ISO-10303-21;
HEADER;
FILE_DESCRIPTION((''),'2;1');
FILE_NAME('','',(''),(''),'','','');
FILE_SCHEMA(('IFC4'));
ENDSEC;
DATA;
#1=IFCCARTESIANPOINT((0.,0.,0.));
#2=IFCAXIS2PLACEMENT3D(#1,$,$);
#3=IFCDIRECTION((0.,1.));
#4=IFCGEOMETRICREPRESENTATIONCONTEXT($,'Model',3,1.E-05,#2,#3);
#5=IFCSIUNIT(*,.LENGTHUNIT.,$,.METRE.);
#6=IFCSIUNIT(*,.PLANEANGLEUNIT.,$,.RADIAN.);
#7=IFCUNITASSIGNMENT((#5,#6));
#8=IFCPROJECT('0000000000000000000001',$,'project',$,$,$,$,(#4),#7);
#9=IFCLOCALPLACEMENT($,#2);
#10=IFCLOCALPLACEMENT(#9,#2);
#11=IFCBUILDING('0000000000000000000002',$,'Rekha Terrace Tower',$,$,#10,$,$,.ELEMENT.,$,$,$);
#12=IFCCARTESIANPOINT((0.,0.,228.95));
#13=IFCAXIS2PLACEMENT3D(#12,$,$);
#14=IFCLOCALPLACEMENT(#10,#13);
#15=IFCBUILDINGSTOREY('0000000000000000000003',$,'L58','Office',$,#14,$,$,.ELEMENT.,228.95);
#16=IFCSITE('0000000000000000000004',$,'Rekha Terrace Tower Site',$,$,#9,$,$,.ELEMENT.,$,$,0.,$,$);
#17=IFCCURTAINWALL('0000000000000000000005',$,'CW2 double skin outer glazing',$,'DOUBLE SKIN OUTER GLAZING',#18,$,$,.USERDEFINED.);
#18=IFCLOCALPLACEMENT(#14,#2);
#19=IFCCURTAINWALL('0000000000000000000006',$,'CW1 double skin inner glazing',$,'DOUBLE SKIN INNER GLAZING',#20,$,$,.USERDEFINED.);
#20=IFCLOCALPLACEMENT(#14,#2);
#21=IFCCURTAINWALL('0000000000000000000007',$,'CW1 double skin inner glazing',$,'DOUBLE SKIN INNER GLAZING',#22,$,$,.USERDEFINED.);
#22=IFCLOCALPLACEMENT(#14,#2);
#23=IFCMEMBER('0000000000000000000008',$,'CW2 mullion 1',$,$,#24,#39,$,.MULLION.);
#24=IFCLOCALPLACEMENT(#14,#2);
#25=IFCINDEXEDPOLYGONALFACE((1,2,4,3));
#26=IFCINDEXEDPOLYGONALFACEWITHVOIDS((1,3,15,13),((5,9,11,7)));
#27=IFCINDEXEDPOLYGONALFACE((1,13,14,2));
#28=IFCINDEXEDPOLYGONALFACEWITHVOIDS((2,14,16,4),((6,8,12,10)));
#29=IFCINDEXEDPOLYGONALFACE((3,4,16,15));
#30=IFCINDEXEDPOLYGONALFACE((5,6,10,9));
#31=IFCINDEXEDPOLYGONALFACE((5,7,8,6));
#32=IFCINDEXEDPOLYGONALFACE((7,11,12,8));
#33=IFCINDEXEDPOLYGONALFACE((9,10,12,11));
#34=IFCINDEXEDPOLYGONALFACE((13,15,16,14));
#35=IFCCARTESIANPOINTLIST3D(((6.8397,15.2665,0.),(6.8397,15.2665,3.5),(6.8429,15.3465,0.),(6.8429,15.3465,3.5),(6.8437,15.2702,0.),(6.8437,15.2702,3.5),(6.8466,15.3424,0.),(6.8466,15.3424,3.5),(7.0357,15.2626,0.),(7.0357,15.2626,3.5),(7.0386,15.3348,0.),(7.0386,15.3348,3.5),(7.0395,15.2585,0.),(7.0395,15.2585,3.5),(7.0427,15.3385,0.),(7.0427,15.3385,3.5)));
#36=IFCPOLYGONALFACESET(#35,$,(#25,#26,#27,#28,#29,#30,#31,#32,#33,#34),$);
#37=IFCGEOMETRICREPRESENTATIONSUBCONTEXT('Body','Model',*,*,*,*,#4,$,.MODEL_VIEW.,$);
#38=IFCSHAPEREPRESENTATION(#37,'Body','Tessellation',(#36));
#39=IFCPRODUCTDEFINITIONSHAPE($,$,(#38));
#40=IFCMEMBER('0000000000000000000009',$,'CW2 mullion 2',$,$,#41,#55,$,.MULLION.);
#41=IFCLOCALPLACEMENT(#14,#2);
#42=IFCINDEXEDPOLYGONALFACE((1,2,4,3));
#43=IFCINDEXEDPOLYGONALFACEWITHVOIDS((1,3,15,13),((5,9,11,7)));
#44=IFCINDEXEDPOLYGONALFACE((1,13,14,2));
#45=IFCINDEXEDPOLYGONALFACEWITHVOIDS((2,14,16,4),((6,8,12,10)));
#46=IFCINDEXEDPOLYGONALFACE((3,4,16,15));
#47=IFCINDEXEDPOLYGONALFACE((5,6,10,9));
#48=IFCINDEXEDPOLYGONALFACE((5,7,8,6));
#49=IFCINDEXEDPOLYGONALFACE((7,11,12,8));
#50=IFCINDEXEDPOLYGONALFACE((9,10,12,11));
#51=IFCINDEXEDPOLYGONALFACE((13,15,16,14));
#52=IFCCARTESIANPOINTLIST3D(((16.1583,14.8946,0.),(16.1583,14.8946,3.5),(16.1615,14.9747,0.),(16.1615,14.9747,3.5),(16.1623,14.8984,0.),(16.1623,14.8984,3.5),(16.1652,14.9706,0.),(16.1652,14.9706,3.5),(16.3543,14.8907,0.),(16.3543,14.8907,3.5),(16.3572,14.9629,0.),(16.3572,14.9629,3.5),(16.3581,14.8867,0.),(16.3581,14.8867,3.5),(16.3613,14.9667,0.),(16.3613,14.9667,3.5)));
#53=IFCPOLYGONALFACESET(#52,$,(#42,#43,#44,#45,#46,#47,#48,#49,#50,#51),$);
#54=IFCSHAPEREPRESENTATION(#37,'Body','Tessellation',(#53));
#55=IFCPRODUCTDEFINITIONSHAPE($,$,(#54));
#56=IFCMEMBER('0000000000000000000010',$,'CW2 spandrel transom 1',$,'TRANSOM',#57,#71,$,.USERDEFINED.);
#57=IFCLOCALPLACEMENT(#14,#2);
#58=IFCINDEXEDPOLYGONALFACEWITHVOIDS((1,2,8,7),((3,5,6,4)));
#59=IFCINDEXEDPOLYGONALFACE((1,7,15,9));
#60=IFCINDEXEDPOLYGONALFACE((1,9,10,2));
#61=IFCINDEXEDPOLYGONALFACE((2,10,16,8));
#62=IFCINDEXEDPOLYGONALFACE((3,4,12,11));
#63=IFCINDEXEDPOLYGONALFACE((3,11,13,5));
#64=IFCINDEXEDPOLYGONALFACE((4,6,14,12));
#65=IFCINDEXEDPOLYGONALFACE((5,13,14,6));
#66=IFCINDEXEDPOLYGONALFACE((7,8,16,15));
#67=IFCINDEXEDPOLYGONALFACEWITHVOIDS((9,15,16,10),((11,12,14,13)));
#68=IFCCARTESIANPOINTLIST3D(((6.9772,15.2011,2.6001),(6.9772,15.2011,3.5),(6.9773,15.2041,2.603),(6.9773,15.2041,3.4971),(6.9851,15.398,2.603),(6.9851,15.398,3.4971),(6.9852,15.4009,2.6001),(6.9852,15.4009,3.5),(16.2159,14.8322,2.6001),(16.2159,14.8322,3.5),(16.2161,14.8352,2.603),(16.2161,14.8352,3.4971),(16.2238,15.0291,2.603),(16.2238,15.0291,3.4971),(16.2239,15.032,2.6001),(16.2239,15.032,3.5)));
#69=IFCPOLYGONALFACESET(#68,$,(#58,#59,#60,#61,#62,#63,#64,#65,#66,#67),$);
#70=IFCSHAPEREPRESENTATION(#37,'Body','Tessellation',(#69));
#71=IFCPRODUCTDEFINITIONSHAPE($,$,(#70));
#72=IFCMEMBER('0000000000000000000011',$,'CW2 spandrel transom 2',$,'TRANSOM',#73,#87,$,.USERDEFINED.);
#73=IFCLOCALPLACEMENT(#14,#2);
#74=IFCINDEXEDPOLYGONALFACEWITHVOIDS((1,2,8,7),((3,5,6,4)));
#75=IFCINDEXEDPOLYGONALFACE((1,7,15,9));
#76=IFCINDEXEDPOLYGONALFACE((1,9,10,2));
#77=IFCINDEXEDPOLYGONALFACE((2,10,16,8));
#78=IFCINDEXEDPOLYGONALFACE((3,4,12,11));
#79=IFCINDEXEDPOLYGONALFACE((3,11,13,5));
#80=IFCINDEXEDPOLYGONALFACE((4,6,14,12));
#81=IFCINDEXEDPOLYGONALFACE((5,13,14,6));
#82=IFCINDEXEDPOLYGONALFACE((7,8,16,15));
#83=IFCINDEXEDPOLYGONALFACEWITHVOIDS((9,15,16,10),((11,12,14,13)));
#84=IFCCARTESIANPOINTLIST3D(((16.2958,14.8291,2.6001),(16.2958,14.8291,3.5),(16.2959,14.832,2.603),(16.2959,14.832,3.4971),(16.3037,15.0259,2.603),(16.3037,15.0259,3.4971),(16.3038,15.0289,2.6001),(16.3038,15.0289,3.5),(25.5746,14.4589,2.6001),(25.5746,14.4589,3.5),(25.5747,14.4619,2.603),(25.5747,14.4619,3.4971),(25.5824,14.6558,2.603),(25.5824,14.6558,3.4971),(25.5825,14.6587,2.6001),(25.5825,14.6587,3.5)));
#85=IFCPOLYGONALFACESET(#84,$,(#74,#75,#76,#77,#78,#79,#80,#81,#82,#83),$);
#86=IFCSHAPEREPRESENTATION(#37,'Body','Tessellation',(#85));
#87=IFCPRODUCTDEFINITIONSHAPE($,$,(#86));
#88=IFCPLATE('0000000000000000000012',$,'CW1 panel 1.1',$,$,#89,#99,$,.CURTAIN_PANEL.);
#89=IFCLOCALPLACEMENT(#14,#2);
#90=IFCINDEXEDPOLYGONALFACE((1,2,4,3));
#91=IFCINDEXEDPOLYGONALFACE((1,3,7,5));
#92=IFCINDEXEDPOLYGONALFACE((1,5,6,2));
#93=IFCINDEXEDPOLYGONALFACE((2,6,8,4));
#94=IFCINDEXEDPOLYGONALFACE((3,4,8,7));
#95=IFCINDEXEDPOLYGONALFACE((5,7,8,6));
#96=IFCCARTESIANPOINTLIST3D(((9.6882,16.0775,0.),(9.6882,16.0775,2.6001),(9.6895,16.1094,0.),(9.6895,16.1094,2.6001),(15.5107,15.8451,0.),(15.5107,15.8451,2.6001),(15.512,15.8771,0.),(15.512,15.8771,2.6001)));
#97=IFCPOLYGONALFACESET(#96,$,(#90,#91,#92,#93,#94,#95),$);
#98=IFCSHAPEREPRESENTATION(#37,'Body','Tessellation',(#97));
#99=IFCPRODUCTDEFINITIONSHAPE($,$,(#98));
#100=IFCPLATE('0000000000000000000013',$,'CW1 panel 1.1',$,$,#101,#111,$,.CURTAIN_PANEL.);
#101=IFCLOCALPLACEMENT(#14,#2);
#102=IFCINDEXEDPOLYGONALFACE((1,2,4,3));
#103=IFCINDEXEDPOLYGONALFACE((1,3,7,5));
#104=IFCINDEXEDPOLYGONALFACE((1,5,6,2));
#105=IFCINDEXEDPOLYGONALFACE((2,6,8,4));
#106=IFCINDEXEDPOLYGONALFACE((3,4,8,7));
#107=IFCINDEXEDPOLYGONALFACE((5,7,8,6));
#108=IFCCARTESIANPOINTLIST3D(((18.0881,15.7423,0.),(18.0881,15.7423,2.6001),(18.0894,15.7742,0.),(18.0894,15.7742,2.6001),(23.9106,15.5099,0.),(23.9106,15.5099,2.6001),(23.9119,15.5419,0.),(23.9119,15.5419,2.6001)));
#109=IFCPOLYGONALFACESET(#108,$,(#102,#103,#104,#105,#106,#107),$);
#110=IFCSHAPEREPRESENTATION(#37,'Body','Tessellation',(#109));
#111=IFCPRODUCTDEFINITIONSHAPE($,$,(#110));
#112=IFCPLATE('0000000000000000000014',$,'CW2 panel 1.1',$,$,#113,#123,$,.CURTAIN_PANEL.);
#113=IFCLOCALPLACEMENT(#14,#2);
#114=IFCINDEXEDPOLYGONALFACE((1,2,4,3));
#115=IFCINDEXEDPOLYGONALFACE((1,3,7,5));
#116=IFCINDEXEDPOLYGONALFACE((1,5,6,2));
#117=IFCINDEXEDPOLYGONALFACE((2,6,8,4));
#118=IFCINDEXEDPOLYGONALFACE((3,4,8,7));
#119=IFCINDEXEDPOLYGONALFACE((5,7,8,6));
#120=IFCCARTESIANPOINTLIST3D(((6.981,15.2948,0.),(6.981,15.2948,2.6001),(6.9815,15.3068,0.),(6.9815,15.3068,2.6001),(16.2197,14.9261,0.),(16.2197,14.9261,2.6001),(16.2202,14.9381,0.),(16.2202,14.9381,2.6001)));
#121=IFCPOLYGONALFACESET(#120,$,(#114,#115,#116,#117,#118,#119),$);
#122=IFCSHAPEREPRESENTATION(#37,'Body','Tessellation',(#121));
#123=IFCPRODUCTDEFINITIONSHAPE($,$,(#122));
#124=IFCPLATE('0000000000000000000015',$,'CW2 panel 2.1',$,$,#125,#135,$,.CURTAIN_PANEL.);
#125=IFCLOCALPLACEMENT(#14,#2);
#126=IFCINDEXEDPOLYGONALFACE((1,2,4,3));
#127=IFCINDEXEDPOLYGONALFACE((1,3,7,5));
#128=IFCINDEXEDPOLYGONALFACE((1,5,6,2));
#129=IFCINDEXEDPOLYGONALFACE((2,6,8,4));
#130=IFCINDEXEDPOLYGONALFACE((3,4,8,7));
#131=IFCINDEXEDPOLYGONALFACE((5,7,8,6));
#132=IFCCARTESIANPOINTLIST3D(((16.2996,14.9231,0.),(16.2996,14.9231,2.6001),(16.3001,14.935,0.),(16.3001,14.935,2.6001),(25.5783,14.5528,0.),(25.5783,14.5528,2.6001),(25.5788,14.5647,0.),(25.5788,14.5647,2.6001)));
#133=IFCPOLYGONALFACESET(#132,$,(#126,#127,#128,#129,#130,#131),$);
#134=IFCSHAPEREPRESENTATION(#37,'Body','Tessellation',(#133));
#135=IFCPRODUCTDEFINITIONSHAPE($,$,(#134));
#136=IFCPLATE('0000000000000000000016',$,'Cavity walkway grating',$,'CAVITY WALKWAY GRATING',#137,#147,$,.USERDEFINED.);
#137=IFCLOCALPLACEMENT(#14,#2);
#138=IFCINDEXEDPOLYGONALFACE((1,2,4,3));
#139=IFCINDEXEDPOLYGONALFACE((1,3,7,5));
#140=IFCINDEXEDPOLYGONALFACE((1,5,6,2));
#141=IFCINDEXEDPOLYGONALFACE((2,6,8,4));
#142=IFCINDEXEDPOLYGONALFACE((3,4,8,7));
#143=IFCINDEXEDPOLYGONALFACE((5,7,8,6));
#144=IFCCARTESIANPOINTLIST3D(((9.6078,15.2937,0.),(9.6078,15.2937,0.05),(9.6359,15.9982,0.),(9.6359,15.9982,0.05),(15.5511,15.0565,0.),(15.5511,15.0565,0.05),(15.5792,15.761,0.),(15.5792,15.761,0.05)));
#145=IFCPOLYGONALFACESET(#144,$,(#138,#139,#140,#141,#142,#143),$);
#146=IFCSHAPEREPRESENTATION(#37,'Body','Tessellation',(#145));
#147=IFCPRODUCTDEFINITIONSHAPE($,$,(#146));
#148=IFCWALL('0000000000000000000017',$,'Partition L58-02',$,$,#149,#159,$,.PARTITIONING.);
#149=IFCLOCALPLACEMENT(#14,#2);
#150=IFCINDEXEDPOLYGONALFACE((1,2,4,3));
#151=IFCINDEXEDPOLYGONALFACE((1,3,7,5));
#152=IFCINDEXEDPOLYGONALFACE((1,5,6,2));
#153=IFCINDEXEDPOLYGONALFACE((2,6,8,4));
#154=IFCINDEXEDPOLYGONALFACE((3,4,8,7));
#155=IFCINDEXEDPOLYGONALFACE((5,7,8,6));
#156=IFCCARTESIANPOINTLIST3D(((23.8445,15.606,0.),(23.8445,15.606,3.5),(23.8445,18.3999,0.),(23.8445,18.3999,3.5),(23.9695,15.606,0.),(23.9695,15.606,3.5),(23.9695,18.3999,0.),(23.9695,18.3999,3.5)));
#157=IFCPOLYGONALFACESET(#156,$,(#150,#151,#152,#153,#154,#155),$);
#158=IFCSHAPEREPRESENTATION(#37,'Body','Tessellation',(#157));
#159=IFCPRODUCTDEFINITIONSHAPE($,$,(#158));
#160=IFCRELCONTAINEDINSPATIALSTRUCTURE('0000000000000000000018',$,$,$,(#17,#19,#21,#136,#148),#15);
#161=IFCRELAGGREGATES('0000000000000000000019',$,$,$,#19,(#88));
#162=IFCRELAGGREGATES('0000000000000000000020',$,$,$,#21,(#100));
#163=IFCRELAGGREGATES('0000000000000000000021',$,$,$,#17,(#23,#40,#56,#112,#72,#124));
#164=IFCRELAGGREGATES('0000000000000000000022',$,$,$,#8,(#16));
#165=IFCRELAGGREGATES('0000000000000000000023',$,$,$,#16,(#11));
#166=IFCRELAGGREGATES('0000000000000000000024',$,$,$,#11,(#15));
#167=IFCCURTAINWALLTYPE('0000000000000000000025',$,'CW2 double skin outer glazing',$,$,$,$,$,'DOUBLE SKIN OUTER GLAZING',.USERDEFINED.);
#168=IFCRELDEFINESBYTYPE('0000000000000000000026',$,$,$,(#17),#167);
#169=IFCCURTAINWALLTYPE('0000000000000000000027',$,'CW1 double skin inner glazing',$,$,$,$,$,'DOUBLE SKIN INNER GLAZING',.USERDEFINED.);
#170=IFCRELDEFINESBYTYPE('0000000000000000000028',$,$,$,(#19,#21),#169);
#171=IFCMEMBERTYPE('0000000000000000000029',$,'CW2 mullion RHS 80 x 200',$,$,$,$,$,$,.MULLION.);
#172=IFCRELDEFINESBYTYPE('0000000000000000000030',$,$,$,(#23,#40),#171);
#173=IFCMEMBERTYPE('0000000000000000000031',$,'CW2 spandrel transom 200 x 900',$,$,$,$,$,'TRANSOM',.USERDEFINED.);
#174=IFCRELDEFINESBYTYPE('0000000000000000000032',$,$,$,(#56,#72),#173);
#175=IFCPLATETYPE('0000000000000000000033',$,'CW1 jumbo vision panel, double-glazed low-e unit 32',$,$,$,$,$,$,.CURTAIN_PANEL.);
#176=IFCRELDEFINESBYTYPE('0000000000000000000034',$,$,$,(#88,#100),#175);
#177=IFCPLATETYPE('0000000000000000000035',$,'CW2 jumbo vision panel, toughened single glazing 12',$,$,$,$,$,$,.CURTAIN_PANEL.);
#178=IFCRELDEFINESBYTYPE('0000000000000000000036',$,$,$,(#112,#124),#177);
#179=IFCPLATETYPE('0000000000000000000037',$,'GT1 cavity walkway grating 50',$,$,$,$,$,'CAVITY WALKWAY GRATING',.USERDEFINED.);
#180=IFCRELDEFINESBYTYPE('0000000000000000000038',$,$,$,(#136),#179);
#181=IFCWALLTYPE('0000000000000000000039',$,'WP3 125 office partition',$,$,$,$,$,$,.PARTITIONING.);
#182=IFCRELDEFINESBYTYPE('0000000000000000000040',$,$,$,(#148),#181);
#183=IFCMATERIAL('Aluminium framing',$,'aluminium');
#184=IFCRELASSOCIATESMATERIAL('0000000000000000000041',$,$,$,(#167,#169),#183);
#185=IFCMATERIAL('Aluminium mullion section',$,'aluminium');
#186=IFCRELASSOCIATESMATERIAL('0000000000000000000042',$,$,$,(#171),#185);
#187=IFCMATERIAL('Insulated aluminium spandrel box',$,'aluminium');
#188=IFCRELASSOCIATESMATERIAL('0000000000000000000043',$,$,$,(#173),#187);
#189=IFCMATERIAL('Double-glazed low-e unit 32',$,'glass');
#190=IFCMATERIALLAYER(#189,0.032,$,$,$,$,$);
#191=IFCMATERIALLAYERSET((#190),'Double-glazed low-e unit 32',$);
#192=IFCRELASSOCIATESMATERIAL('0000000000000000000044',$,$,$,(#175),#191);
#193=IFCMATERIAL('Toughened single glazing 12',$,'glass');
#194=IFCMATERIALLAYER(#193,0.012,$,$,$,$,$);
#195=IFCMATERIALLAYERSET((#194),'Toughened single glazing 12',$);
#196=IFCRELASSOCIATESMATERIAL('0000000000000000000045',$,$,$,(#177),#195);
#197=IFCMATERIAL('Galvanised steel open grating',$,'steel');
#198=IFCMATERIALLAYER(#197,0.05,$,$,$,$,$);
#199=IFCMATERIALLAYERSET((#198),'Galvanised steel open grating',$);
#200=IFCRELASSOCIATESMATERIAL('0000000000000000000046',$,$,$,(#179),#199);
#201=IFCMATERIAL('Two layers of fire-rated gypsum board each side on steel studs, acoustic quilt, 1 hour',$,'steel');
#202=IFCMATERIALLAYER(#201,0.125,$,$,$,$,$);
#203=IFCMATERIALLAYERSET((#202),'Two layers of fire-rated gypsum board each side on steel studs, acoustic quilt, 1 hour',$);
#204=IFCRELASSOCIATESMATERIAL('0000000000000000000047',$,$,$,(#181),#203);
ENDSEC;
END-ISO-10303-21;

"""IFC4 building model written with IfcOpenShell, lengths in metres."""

from ifc_helpers import new_model, si_unit, direction, frame, frame_2d, origin, origin_2d, place, context, subcontext, project, spatial, rectangle, hollow_rectangle, extrude, material, layer, layer_set, material_profile, profile_set, type_object, element, aggregate, save


model = new_model("IFC4")

# Units and contexts
model_context = context("Model", 3, precision=1e-05, world=origin(), true_north=direction((0.0, 1.0)))
body_context = subcontext(model_context, "Body", "Model", "MODEL_VIEW")
ifc_project = project(units=[si_unit("LENGTHUNIT", "METRE"), si_unit("PLANEANGLEUNIT", "RADIAN")], contexts=[model_context])

# Site, building, storey
site_placement = place(None, origin())
site = spatial("IfcSite", under=ifc_project, at=site_placement, Name="Rekha Terrace Tower Site", CompositionType="ELEMENT", RefElevation=0.0)
building_placement = place(site_placement, origin())
building = spatial("IfcBuilding", under=site, at=building_placement, Name="Rekha Terrace Tower", CompositionType="ELEMENT")
storey_placement = place(building_placement, frame((0.0, 0.0, 228.95)))
storey = spatial("IfcBuildingStorey", under=building, at=storey_placement, Name="L58", Description="Office", CompositionType="ELEMENT", Elevation=228.95)

# Curtain wall
ifc_material_1 = material(Name="Aluminium framing", Category="aluminium")
curtain_wall_type_1 = type_object("IfcCurtainWallType", Name="CW2 double skin outer glazing", ElementType="DOUBLE SKIN OUTER GLAZING", PredefinedType="USERDEFINED", material=ifc_material_1)
curtain_wall_1_placement = place(storey_placement, origin())
curtain_wall_1 = element("IfcCurtainWall", 1, at=curtain_wall_1_placement, inside=storey, type_object=curtain_wall_type_1, Name="CW2 double skin outer glazing", ObjectType="DOUBLE SKIN OUTER GLAZING", PredefinedType="USERDEFINED")

# Curtain walls
curtain_wall_type_2 = type_object("IfcCurtainWallType", Name="CW1 double skin inner glazing", ElementType="DOUBLE SKIN INNER GLAZING", PredefinedType="USERDEFINED", material=ifc_material_1)
curtain_wall_2_placement = place(storey_placement, origin())
curtain_wall_2 = element("IfcCurtainWall", 2, at=curtain_wall_2_placement, inside=storey, type_object=curtain_wall_type_2, Name="CW1 double skin inner glazing", ObjectType="DOUBLE SKIN INNER GLAZING", PredefinedType="USERDEFINED")
ifc_material_2 = material(Name="Aluminium mullion section", Category="aluminium")
curtain_wall_3_placement = place(storey_placement, origin())
curtain_wall_3 = element("IfcCurtainWall", 3, at=curtain_wall_3_placement, inside=storey, type_object=curtain_wall_type_2, Name="CW1 double skin inner glazing", ObjectType="DOUBLE SKIN INNER GLAZING", PredefinedType="USERDEFINED")

# Members
ifc_material_3 = material(Name="Insulated aluminium spandrel box", Category="aluminium")
ifc_material_profile_1 = material_profile(ifc_material_2, hollow_rectangle(XDim=0.0801, YDim=0.2, WallThickness=0.0039, at=origin_2d()), Name="AL RHS 80x200")
ifc_profile_set_1 = profile_set([ifc_material_profile_1], Name="Aluminium mullion section")
member_type_1 = type_object("IfcMemberType", Name="CW2 mullion RHS 80 x 200", PredefinedType="MULLION", material=ifc_profile_set_1)
member_1_placement = place(storey_placement, frame((6.9412, 15.3025, 0.0), z_axis=(0.0, 0.0, 1.0), x_axis=(0.039872, 0.999205, 0.0)))
member_1 = element("IfcMember", 4, at=member_1_placement, type_object=member_type_1, Name="CW2 mullion 1", PredefinedType="MULLION", context=body_context, shape_type="SweptSolid", body=[
    extrude(hollow_rectangle(XDim=0.0801, YDim=0.2, WallThickness=0.0039, at=origin_2d()), origin(), (0.0, 0.0, 1.0), 3.5),
])
member_2_placement = place(storey_placement, frame((16.2598, 14.9307, 0.0), z_axis=(0.0, 0.0, 1.0), x_axis=(0.039872, 0.999205, 0.0)))
member_2 = element("IfcMember", 5, at=member_2_placement, type_object=member_type_1, Name="CW2 mullion 2", PredefinedType="MULLION", context=body_context, shape_type="SweptSolid", body=[
    extrude(hollow_rectangle(XDim=0.0801, YDim=0.2, WallThickness=0.0039, at=origin_2d()), origin(), (0.0, 0.0, 1.0), 3.5),
])
ifc_material_profile_2 = material_profile(ifc_material_3, hollow_rectangle(XDim=0.2, YDim=0.8999, WallThickness=0.0029, at=origin_2d()), Name="AL SPANDREL BOX 200x900")
ifc_profile_set_2 = profile_set([ifc_material_profile_2], Name="Insulated aluminium spandrel box")
member_type_2 = type_object("IfcMemberType", Name="CW2 spandrel transom 200 x 900", ElementType="TRANSOM", PredefinedType="USERDEFINED", material=ifc_profile_set_2)
member_3_placement = place(storey_placement, frame((6.9812, 15.301, 3.05), z_axis=(0.999204, -0.039897, 0.0), x_axis=(0.039897, 0.999204, 0.0)))
member_3 = element("IfcMember", 6, at=member_3_placement, type_object=member_type_2, Name="CW2 spandrel transom 1", ObjectType="TRANSOM", PredefinedType="USERDEFINED", context=body_context, shape_type="SweptSolid", body=[
    extrude(hollow_rectangle(XDim=0.2, YDim=0.8999, WallThickness=0.0029, at=origin_2d()), origin(), (0.0, 0.0, 1.0), 9.2461),
])
member_4_placement = place(storey_placement, frame((16.2998, 14.929, 3.05), z_axis=(0.999205, -0.039857, 0.0), x_axis=(0.039857, 0.999205, 0.0)))
member_4 = element("IfcMember", 7, at=member_4_placement, type_object=member_type_2, Name="CW2 spandrel transom 2", ObjectType="TRANSOM", PredefinedType="USERDEFINED", context=body_context, shape_type="SweptSolid", body=[
    extrude(hollow_rectangle(XDim=0.2, YDim=0.8999, WallThickness=0.0029, at=origin_2d()), origin(), (0.0, 0.0, 1.0), 9.2861),
])

# Plates
ifc_material_4 = material(Name="Double-glazed low-e unit 32", Category="glass")
ifc_layer_1 = layer(ifc_material_4, 0.032)
ifc_layer_set_1 = layer_set([ifc_layer_1], Name="Double-glazed low-e unit 32")
plate_type_1 = type_object("IfcPlateType", Name="CW1 jumbo vision panel, double-glazed low-e unit 32", PredefinedType="CURTAIN_PANEL", material=ifc_layer_set_1)
plate_1_placement = place(storey_placement, frame((12.6001, 15.9773, 0.0), z_axis=(0.0, 0.0, 1.0), x_axis=(0.999205, -0.039872, 0.0)))
plate_1 = element("IfcPlate", 8, at=plate_1_placement, type_object=plate_type_1, Name="CW1 panel 1.1", PredefinedType="CURTAIN_PANEL", context=body_context, shape_type="SweptSolid", body=[
    extrude(rectangle(XDim=5.8271, YDim=0.032, at=origin_2d()), origin(), (0.0, 0.0, 1.0), 2.6001),
])
aggregate(curtain_wall_2, [plate_1])
plate_2_placement = place(storey_placement, frame((21.0, 15.6421, 0.0), z_axis=(0.0, 0.0, 1.0), x_axis=(0.999205, -0.039872, 0.0)))
plate_2 = element("IfcPlate", 9, at=plate_2_placement, type_object=plate_type_1, Name="CW1 panel 1.1", PredefinedType="CURTAIN_PANEL", context=body_context, shape_type="SweptSolid", body=[
    extrude(rectangle(XDim=5.8271, YDim=0.032, at=origin_2d()), origin(), (0.0, 0.0, 1.0), 2.6001),
])
aggregate(curtain_wall_3, [plate_2])
ifc_material_5 = material(Name="Toughened single glazing 12", Category="glass")
ifc_layer_2 = layer(ifc_material_5, 0.012)
ifc_layer_set_2 = layer_set([ifc_layer_2], Name="Toughened single glazing 12")
plate_type_2 = type_object("IfcPlateType", Name="CW2 jumbo vision panel, toughened single glazing 12", PredefinedType="CURTAIN_PANEL", material=ifc_layer_set_2)
plate_3_placement = place(storey_placement, frame((11.6006, 15.1165, 0.0), z_axis=(0.0, 0.0, 1.0), x_axis=(0.999205, -0.039872, 0.0)))
plate_3 = element("IfcPlate", 10, at=plate_3_placement, type_object=plate_type_2, Name="CW2 panel 1.1", PredefinedType="CURTAIN_PANEL", context=body_context, shape_type="SweptSolid", body=[
    extrude(rectangle(XDim=9.2461, YDim=0.012, at=origin_2d()), origin(), (0.0, 0.0, 1.0), 2.6001),
])
plate_4_placement = place(storey_placement, frame((20.9392, 14.7439, 0.0), z_axis=(0.0, 0.0, 1.0), x_axis=(0.999205, -0.039872, 0.0)))
plate_4 = element("IfcPlate", 11, at=plate_4_placement, type_object=plate_type_2, Name="CW2 panel 2.1", PredefinedType="CURTAIN_PANEL", context=body_context, shape_type="SweptSolid", body=[
    extrude(rectangle(XDim=9.2861, YDim=0.012, at=origin_2d()), origin(), (0.0, 0.0, 1.0), 2.6001),
])
aggregate(curtain_wall_1, [member_1, member_2, member_3, plate_3, member_4, plate_4])
ifc_material_6 = material(Name="Galvanised steel open grating", Category="steel")
ifc_layer_3 = layer(ifc_material_6, 0.05)
ifc_layer_set_3 = layer_set([ifc_layer_3], Name="Galvanised steel open grating")
plate_type_3 = type_object("IfcPlateType", Name="GT1 cavity walkway grating 50", ElementType="CAVITY WALKWAY GRATING", PredefinedType="USERDEFINED", material=ifc_layer_set_3)
plate_5_placement = place(storey_placement, frame((12.5935, 15.5273, 0.0), z_axis=(0.0, 0.0, 1.0), x_axis=(0.999205, -0.039872, 0.0)))
element("IfcPlate", 12, at=plate_5_placement, inside=storey, type_object=plate_type_3, Name="Cavity walkway grating", ObjectType="CAVITY WALKWAY GRATING", PredefinedType="USERDEFINED", context=body_context, shape_type="SweptSolid", body=[
    extrude(rectangle(XDim=5.948, YDim=0.7051, at=origin_2d()), origin(), (0.0, 0.0, 1.0), 0.05),
])

# Wall
ifc_material_7 = material(Name="Two layers of fire-rated gypsum board each side on steel studs, acoustic quilt, 1 hour", Category="steel")
ifc_layer_4 = layer(ifc_material_7, 0.125)
ifc_layer_set_4 = layer_set([ifc_layer_4], Name="Two layers of fire-rated gypsum board each side on steel studs, acoustic quilt, 1 hour")
wall_type = type_object("IfcWallType", Name="WP3 125 office partition", PredefinedType="PARTITIONING", material=ifc_layer_set_4)
wall_1_placement = place(storey_placement, frame((23.907, 15.606, 0.0), z_axis=(0.0, 0.0, 1.0), x_axis=(0.0, 1.0, 0.0)))
element("IfcWall", 13, at=wall_1_placement, inside=storey, type_object=wall_type, Name="Partition L58-02", PredefinedType="PARTITIONING", context=body_context, shape_type="SweptSolid", body=[
    extrude(rectangle(XDim=2.7939, YDim=0.125, at=frame_2d((1.397, 0.0))), origin(), (0.0, 0.0, 1.0), 3.5),
])

save(model, "model.ifc")
